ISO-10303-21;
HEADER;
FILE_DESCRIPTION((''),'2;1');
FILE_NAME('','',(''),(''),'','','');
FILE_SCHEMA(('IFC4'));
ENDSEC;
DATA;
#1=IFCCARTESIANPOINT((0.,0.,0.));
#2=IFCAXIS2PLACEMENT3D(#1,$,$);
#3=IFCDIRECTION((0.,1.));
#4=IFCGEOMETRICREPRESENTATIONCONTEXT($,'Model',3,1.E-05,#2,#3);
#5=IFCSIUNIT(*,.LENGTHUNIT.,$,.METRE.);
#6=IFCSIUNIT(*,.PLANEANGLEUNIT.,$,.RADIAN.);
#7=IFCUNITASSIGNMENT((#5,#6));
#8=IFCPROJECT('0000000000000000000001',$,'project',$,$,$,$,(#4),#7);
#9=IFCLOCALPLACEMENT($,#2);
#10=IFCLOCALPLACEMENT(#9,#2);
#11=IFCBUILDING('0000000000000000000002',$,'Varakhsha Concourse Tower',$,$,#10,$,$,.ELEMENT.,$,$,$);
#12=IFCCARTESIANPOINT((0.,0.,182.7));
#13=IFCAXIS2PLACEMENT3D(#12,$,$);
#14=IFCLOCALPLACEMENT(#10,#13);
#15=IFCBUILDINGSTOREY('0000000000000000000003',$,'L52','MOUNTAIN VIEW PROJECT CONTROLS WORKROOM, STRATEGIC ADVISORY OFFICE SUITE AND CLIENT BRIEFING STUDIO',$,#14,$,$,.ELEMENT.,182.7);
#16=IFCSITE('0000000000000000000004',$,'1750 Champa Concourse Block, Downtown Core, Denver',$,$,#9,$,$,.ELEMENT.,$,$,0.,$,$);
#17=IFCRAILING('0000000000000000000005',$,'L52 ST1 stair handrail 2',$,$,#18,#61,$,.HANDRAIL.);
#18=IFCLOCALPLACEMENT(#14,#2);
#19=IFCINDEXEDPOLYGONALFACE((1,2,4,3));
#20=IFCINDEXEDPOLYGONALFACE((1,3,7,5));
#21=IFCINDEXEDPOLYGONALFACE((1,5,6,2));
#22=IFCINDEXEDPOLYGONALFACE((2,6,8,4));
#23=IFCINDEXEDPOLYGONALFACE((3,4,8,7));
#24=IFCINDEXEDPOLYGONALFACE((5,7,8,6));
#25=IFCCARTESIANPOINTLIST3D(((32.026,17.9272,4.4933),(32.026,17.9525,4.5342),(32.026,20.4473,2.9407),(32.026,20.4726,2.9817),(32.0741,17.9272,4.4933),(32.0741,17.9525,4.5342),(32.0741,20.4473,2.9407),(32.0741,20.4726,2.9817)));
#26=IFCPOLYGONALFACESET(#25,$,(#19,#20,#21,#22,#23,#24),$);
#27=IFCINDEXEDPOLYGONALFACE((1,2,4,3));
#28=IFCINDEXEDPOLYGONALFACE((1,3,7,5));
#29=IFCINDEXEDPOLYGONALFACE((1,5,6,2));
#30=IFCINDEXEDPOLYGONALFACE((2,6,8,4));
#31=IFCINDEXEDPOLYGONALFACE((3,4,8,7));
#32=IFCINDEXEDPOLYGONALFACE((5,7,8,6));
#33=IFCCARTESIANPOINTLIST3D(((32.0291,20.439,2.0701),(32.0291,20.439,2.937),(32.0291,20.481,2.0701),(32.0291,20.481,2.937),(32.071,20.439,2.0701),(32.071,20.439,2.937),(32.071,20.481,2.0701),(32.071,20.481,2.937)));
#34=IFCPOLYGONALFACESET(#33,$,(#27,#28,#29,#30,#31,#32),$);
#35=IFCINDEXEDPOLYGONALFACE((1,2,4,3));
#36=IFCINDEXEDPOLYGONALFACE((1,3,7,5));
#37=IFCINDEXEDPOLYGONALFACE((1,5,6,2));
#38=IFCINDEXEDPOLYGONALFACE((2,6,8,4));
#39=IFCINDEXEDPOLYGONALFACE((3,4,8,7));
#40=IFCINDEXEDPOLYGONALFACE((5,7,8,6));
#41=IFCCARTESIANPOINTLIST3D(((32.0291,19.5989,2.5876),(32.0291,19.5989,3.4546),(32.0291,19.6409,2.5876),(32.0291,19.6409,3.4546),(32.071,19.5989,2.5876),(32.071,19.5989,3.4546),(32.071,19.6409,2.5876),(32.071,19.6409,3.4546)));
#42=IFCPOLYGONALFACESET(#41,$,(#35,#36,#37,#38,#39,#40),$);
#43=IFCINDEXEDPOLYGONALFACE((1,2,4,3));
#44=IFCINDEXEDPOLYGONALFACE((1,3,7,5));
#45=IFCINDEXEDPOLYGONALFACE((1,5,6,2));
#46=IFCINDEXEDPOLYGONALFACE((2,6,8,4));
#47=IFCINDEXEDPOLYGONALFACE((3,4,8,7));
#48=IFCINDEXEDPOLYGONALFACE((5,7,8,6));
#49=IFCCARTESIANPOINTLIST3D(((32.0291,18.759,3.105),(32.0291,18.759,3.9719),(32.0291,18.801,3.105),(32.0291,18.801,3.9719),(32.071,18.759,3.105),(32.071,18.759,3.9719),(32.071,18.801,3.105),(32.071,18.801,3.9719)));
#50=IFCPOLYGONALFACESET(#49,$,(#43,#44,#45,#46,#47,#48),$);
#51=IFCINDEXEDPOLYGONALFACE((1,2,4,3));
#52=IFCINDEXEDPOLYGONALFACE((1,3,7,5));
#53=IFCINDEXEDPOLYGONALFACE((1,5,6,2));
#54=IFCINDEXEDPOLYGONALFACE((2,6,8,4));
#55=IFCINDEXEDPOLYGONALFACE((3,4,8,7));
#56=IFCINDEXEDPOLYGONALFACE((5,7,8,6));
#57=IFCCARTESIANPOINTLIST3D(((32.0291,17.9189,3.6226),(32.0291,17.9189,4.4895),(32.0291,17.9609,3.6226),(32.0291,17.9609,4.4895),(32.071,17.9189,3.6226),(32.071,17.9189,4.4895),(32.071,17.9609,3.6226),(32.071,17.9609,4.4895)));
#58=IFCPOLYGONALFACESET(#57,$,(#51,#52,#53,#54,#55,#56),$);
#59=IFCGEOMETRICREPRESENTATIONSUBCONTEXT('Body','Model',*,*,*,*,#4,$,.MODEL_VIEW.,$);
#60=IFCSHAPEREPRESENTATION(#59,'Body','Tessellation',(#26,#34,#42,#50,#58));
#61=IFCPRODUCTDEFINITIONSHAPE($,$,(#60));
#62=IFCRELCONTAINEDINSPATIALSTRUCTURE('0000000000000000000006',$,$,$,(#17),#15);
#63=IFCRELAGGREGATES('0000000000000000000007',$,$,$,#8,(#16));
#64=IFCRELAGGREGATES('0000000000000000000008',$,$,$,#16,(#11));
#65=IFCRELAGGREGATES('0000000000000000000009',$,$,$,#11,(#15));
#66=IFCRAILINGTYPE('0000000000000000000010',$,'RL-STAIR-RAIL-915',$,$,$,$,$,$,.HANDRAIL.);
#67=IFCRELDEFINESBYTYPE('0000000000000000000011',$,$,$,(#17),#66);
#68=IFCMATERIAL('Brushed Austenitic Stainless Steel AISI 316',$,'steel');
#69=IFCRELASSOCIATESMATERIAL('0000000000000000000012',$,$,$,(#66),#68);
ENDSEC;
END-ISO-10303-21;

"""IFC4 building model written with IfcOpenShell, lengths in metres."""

from ifc_helpers import new_model, si_unit, direction, frame, origin, origin_2d, place, context, subcontext, project, spatial, rectangle, extrude, material, type_object, element, save


model = new_model("IFC4")

# Units and contexts
model_context = context("Model", 3, precision=1e-05, world=origin(), true_north=direction((0.0, 1.0)))
body_context = subcontext(model_context, "Body", "Model", "MODEL_VIEW")
ifc_project = project(units=[si_unit("LENGTHUNIT", "METRE"), si_unit("PLANEANGLEUNIT", "RADIAN")], contexts=[model_context])

# Site, building, storey
site_placement = place(None, origin())
site = spatial("IfcSite", under=ifc_project, at=site_placement, Name="1750 Champa Concourse Block, Downtown Core, Denver", CompositionType="ELEMENT", RefElevation=0.0)
building_placement = place(site_placement, origin())
building = spatial("IfcBuilding", under=site, at=building_placement, Name="Varakhsha Concourse Tower", CompositionType="ELEMENT")
storey_placement = place(building_placement, frame((0.0, 0.0, 182.7)))
storey = spatial("IfcBuildingStorey", under=building, at=storey_placement, Name="L52", Description="MOUNTAIN VIEW PROJECT CONTROLS WORKROOM, STRATEGIC ADVISORY OFFICE SUITE AND CLIENT BRIEFING STUDIO", CompositionType="ELEMENT", Elevation=182.7)

# Railing
ifc_material_1 = material(Name="Brushed Austenitic Stainless Steel AISI 316", Category="steel")
railing_type_1 = type_object("IfcRailingType", Name="RL-STAIR-RAIL-915", PredefinedType="HANDRAIL", material=ifc_material_1)
railing_1_placement = place(storey_placement, frame((32.05, 20.46, 2.0701)))
element("IfcRailing", 1, at=railing_1_placement, inside=storey, type_object=railing_type_1, Name="L52 ST1 stair handrail 2", PredefinedType="HANDRAIL", context=body_context, shape_type="SweptSolid", body=[
    extrude(rectangle(XDim=0.0481, YDim=0.0481, at=origin_2d()), frame((0.0, 0.0, 0.8911), z_axis=(0.0, -0.8514, 0.524516), x_axis=(1.0, 0.0, 0.0)), (0.0, 0.0, 1.0), 2.96),
    extrude(rectangle(XDim=0.042, YDim=0.042, at=origin_2d()), origin(), (0.0, 0.0, 1.0), 0.8669),
    extrude(rectangle(XDim=0.042, YDim=0.042, at=origin_2d()), frame((0.0, -0.8401, 0.5176)), (0.0, 0.0, 1.0), 0.8669),
    extrude(rectangle(XDim=0.042, YDim=0.042, at=origin_2d()), frame((0.0, -1.6799, 1.0349)), (0.0, 0.0, 1.0), 0.8669),
    extrude(rectangle(XDim=0.042, YDim=0.042, at=origin_2d()), frame((0.0, -2.52, 1.5525)), (0.0, 0.0, 1.0), 0.8669),
])

save(model, "model.ifc")
